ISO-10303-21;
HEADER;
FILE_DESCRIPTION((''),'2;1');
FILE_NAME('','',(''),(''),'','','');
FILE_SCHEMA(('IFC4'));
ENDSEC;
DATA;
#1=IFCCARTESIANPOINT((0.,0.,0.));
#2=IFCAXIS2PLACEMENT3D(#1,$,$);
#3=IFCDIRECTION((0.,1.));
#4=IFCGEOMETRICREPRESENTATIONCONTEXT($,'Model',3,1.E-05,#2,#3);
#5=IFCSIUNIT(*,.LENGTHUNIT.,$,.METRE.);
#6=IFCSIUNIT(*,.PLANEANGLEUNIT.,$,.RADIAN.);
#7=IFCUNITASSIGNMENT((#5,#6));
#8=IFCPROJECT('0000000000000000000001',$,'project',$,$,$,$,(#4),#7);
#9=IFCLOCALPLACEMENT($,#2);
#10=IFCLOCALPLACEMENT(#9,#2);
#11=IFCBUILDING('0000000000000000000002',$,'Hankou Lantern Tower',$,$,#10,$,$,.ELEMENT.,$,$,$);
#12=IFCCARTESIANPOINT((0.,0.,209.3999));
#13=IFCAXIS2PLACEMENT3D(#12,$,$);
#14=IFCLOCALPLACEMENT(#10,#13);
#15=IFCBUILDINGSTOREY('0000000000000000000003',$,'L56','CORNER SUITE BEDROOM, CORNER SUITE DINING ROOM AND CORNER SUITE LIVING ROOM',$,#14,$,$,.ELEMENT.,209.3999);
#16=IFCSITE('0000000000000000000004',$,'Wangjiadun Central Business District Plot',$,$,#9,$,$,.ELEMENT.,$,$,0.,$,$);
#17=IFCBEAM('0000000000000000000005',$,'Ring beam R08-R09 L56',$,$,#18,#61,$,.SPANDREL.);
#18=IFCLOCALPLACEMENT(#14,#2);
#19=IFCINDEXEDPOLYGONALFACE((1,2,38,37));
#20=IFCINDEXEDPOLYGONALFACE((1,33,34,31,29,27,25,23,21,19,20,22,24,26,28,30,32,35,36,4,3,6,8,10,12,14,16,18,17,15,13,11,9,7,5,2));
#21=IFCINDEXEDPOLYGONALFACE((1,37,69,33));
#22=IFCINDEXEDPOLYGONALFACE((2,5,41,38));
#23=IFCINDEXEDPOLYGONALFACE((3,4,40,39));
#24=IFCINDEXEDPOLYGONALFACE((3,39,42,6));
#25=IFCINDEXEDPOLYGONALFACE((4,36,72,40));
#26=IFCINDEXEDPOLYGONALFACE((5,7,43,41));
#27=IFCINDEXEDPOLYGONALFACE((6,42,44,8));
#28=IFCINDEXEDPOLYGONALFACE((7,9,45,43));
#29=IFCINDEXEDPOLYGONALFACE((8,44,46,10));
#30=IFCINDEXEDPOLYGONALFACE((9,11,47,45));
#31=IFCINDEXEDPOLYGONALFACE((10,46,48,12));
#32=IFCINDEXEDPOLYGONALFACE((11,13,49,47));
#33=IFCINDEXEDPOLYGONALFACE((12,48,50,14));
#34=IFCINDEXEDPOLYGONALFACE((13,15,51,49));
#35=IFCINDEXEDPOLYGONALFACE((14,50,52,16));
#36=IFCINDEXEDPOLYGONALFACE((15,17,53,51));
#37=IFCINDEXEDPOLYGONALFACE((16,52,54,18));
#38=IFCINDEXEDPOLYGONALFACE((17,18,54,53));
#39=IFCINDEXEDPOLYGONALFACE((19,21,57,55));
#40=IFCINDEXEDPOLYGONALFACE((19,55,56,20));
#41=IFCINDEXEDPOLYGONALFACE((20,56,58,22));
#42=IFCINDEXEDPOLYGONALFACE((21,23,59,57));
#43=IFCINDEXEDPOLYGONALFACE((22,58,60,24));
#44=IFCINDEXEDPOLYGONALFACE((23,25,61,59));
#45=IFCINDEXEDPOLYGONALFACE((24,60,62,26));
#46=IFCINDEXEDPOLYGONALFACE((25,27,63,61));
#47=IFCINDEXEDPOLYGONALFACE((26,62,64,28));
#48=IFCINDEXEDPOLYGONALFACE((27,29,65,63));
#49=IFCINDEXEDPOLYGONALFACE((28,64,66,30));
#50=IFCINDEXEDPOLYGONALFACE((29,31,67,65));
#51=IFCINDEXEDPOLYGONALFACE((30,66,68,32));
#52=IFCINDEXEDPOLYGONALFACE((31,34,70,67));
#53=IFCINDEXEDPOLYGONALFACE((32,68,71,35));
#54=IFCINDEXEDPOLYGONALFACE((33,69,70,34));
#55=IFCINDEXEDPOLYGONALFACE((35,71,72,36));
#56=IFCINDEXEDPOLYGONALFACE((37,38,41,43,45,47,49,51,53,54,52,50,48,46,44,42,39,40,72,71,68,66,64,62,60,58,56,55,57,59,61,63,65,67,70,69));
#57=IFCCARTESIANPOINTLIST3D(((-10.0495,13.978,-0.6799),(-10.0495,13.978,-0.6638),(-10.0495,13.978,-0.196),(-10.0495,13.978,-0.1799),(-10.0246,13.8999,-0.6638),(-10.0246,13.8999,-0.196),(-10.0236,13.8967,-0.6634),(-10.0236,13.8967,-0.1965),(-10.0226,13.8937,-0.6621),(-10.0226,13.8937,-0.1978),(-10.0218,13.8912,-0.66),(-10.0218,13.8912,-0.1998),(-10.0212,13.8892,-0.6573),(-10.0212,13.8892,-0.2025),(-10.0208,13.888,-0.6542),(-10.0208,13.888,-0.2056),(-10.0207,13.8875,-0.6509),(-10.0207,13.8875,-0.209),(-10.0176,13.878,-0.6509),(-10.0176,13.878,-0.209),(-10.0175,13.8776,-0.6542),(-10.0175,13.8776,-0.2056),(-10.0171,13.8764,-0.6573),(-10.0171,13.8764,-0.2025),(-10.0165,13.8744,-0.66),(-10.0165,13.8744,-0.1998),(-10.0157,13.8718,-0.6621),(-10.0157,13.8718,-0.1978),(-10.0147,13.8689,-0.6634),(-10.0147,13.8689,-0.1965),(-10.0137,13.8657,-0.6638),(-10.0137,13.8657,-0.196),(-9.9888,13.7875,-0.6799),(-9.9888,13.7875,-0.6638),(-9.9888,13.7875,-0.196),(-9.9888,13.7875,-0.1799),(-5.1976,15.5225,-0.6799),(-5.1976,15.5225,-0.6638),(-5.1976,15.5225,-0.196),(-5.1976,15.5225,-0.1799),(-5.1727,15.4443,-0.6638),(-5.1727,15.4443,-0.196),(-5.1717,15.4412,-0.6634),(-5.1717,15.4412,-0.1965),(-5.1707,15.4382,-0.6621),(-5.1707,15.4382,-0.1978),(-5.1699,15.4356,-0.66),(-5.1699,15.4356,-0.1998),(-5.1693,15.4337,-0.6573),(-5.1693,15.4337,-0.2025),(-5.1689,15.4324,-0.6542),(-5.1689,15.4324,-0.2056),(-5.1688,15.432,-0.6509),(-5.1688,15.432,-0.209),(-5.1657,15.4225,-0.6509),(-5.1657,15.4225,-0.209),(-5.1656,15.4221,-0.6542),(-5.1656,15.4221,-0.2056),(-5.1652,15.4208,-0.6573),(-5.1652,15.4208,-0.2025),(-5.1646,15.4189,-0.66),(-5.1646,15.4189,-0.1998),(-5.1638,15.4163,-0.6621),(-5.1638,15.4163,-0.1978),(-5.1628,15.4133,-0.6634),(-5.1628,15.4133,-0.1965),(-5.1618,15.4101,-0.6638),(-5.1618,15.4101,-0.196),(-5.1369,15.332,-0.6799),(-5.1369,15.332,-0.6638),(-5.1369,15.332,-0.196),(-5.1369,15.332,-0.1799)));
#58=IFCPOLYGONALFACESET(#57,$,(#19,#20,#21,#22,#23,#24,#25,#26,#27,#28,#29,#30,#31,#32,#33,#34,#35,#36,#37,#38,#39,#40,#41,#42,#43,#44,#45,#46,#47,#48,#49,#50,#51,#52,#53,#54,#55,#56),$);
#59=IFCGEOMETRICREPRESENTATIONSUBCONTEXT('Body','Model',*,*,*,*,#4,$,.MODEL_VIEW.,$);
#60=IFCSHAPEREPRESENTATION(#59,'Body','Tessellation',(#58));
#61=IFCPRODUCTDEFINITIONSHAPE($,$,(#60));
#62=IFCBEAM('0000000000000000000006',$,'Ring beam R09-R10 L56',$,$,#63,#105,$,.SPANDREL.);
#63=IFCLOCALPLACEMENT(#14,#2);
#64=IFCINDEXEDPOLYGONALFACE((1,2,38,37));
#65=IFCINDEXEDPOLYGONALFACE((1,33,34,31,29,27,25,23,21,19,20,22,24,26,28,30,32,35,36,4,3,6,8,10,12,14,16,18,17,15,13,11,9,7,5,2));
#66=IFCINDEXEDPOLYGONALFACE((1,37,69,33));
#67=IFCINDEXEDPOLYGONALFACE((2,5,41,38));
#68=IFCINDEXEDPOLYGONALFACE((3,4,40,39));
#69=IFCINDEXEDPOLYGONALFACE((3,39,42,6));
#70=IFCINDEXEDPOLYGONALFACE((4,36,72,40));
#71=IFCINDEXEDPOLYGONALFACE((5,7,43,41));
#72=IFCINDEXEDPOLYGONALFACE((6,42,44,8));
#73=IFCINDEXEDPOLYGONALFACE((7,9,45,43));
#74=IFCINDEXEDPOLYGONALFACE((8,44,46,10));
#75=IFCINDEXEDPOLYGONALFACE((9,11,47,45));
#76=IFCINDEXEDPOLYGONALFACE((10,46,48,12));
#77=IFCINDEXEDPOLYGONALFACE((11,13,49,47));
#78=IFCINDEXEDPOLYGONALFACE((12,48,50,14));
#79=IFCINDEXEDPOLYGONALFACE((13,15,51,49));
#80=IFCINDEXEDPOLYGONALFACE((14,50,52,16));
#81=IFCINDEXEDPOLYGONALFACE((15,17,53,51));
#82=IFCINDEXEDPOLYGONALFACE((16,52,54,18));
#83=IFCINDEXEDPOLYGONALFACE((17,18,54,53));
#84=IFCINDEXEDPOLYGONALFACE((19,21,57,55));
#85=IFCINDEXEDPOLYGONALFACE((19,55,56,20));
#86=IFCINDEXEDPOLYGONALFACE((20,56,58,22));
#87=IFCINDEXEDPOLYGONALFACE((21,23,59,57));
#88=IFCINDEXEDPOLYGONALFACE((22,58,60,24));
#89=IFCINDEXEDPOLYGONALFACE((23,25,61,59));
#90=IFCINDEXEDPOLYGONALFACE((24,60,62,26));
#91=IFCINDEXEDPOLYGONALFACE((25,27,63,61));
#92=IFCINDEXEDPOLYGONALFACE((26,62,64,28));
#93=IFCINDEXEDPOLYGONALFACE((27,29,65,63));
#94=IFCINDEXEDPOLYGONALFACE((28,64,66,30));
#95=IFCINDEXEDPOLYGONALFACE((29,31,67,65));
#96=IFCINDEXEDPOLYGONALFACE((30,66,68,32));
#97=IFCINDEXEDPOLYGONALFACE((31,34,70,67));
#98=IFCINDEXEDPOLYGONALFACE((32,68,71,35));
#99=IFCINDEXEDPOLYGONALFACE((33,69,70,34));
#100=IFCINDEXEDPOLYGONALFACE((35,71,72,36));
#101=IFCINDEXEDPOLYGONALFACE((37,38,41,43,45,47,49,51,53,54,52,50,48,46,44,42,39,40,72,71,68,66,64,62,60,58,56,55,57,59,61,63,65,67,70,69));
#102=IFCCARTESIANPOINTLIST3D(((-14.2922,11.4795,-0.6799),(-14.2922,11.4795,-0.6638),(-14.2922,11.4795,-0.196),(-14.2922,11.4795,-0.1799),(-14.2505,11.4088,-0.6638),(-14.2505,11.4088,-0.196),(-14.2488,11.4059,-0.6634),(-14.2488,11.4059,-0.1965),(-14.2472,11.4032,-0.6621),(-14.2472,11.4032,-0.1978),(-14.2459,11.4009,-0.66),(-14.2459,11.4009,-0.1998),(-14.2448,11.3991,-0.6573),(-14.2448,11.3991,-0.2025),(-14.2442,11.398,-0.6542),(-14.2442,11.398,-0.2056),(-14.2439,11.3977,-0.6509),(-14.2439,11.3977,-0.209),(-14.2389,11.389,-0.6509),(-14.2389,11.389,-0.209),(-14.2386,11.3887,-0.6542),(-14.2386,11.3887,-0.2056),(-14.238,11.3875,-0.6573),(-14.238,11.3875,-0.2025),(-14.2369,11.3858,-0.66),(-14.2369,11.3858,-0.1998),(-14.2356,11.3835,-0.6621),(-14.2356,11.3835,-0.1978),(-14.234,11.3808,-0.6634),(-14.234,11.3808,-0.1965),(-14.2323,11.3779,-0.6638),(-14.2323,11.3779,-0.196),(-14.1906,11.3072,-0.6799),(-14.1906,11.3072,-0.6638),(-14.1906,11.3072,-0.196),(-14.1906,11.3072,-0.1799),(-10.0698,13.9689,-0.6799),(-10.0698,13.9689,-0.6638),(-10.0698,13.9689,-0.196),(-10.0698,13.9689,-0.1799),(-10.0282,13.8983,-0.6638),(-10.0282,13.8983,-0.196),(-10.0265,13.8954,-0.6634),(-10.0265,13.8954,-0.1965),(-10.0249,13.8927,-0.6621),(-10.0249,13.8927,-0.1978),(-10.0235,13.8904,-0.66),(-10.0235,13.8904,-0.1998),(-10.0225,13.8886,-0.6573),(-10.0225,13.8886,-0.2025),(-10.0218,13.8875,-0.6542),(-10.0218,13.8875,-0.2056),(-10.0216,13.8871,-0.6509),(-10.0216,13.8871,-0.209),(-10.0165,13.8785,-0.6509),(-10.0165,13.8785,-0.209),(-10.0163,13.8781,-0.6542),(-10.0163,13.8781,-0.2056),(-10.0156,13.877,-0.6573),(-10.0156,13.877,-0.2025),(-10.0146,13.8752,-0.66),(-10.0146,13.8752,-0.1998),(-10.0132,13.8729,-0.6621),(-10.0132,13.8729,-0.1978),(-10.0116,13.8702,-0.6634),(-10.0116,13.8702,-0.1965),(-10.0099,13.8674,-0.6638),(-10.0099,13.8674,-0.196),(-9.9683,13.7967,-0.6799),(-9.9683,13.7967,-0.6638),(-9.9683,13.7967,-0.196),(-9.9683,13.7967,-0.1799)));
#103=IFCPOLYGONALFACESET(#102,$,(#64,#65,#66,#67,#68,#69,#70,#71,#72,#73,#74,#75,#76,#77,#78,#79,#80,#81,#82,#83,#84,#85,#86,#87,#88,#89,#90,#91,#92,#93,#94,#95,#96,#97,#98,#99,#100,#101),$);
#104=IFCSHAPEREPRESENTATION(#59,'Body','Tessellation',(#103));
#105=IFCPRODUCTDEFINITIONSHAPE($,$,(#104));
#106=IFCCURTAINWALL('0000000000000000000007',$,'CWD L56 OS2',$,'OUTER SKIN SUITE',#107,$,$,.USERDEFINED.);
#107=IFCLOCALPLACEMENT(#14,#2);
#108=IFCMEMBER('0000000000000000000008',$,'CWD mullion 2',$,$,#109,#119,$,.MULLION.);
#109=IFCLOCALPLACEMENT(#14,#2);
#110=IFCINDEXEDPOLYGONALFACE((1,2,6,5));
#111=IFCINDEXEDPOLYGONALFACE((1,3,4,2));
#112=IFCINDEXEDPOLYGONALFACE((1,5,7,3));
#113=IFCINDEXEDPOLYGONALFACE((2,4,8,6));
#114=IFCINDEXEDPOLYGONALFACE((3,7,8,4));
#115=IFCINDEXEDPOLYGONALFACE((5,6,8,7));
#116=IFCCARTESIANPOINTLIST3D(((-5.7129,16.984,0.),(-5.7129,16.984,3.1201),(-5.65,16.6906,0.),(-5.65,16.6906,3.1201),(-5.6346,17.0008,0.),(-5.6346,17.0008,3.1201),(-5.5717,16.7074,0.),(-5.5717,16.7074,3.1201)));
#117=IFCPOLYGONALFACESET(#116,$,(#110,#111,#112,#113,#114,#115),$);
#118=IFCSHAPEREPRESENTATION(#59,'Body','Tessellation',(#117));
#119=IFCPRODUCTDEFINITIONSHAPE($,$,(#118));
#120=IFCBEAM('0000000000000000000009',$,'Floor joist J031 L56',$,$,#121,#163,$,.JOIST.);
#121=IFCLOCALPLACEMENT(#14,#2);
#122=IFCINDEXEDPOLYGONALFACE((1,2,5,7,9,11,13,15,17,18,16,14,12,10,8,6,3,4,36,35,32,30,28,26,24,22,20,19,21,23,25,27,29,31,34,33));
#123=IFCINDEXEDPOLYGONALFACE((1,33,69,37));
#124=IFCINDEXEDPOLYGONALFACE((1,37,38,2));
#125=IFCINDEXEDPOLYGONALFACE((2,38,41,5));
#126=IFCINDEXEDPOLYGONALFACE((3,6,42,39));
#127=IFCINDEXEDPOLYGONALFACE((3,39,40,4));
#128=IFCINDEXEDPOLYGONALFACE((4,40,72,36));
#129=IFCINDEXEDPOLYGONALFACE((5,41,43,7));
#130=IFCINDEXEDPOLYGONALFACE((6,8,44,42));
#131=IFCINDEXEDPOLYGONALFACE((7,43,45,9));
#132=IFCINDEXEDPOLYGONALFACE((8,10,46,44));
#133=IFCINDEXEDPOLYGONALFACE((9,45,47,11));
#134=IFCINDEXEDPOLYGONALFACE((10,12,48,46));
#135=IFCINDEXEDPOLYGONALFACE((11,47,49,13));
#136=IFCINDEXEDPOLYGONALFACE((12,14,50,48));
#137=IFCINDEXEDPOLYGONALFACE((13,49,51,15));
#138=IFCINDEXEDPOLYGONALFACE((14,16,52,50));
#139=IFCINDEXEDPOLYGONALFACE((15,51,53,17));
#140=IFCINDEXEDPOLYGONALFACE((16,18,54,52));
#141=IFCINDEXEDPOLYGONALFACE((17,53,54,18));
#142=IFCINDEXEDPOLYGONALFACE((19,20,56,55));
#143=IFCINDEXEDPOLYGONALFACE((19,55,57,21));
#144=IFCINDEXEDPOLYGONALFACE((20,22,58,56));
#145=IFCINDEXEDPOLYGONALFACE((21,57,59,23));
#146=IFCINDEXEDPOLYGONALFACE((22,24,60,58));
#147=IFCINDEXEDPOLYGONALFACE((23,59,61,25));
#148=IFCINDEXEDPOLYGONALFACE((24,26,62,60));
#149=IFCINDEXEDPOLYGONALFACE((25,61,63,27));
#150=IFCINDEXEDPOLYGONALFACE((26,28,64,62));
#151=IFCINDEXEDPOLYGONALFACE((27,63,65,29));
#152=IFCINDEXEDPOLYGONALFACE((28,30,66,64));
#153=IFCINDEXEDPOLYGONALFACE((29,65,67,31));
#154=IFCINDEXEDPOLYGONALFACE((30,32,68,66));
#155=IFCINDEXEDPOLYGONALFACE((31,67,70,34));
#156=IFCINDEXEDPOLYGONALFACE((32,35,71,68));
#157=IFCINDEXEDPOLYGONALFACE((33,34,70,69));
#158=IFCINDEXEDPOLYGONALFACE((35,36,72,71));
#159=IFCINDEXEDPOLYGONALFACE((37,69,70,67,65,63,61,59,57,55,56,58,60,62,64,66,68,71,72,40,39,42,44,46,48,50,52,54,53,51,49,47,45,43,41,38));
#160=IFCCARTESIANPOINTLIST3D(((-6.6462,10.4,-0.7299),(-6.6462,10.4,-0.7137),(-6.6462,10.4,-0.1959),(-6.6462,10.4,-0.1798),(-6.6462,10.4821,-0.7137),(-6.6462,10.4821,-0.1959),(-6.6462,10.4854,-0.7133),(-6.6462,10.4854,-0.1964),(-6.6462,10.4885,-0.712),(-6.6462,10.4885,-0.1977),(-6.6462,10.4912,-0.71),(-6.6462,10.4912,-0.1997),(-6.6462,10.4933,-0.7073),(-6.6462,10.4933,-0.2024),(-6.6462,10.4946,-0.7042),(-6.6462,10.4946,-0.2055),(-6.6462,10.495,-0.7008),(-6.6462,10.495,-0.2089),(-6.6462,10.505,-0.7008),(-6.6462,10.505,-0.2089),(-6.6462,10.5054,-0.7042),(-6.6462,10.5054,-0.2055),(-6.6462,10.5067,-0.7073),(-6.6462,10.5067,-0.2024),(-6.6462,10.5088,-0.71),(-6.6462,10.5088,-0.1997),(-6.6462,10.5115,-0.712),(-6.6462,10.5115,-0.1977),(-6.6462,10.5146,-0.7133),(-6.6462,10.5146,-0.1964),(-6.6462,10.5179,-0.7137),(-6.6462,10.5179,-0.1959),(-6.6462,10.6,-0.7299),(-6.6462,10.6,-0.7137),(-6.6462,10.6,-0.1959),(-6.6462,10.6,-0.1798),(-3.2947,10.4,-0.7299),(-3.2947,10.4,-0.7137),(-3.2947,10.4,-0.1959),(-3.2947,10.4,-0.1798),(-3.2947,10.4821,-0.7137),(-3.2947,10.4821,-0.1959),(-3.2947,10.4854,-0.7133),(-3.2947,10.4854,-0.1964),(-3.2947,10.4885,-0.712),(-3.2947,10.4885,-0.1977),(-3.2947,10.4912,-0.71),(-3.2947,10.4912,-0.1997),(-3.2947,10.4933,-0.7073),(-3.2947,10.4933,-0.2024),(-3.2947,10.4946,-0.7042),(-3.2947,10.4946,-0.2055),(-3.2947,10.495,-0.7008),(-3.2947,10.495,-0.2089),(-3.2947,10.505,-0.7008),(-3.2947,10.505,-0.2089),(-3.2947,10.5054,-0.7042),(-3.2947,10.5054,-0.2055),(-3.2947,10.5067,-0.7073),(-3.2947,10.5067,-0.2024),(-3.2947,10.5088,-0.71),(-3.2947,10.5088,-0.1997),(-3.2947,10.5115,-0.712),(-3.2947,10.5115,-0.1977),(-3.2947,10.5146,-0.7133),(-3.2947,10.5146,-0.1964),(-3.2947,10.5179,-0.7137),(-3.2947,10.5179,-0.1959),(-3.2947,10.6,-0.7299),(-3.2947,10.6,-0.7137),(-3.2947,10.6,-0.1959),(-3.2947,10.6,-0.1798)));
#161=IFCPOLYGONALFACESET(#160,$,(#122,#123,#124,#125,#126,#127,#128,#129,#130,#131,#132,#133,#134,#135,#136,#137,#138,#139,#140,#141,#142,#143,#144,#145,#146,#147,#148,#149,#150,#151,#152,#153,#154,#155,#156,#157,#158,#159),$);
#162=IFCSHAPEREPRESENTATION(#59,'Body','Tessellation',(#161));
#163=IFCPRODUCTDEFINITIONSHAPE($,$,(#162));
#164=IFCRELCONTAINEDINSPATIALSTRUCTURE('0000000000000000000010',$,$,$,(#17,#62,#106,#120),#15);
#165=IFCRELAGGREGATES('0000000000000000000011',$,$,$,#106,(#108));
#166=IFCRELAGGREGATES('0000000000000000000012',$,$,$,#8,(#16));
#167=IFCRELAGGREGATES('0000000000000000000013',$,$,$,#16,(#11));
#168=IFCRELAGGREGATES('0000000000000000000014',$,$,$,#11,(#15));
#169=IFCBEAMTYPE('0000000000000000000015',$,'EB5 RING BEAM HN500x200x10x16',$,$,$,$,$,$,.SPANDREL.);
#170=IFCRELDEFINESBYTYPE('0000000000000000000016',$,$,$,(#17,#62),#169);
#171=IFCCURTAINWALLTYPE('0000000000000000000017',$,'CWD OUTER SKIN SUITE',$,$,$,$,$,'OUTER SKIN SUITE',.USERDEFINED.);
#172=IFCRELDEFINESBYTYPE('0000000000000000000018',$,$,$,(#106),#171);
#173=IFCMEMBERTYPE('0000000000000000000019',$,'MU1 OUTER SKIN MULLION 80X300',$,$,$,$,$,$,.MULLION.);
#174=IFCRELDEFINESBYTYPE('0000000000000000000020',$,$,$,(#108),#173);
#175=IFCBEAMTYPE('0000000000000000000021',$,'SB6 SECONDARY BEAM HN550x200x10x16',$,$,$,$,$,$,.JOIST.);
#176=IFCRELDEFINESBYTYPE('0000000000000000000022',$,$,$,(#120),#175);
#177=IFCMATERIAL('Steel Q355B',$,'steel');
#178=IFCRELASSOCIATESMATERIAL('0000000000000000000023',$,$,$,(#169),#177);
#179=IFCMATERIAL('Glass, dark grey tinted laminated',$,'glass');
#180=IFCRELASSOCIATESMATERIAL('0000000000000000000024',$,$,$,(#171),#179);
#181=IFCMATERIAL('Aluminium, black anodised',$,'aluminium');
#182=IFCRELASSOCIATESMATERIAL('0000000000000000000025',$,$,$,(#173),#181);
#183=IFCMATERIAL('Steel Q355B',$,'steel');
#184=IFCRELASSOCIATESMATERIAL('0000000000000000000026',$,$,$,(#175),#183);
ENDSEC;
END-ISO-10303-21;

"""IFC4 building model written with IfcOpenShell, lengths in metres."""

from ifc_helpers import new_model, si_unit, direction, frame, origin, origin_2d, place, context, subcontext, project, spatial, rectangle, i_section, extrude, material, material_profile, profile_set, type_object, element, aggregate, save


model = new_model("IFC4")

# Units and contexts
model_context = context("Model", 3, precision=1e-05, world=origin(), true_north=direction((0.0, 1.0)))
body_context = subcontext(model_context, "Body", "Model", "MODEL_VIEW")
ifc_project = project(units=[si_unit("LENGTHUNIT", "METRE"), si_unit("PLANEANGLEUNIT", "RADIAN")], contexts=[model_context])

# Site, building, storey
site_placement = place(None, origin())
site = spatial("IfcSite", under=ifc_project, at=site_placement, Name="Wangjiadun Central Business District Plot", CompositionType="ELEMENT", RefElevation=0.0)
building_placement = place(site_placement, origin())
building = spatial("IfcBuilding", under=site, at=building_placement, Name="Hankou Lantern Tower", CompositionType="ELEMENT")
storey_placement = place(building_placement, frame((0.0, 0.0, 209.3999)))
storey = spatial("IfcBuildingStorey", under=building, at=storey_placement, Name="L56", Description="CORNER SUITE BEDROOM, CORNER SUITE DINING ROOM AND CORNER SUITE LIVING ROOM", CompositionType="ELEMENT", Elevation=209.3999)

# Beams
ifc_material_1 = material(Name="Steel Q355B", Category="steel")
ifc_material_profile_1 = material_profile(ifc_material_1, i_section(OverallWidth=0.2, OverallDepth=0.5, WebThickness=0.01, FlangeThickness=0.0161, FilletRadius=0.0129, at=origin_2d()), Name="HN500x200x10x16")
ifc_profile_set_1 = profile_set([ifc_material_profile_1], Name="Steel Q355B")
beam_type_1 = type_object("IfcBeamType", Name="EB5 RING BEAM HN500x200x10x16", PredefinedType="SPANDREL", material=ifc_profile_set_1)
beam_1_placement = place(storey_placement, frame((-5.1672, 15.4272, -0.4299), z_axis=(-0.952887, -0.303324, 0.0), x_axis=(0.303324, -0.952887, 0.0)))
element("IfcBeam", 1, at=beam_1_placement, inside=storey, type_object=beam_type_1, Name="Ring beam R08-R09 L56", PredefinedType="SPANDREL", context=body_context, shape_type="SweptSolid", body=[
    extrude(i_section(OverallWidth=0.2, OverallDepth=0.5, WebThickness=0.01, FlangeThickness=0.0161, FilletRadius=0.0129, at=origin_2d()), origin(), (0.0, 0.0, 1.0), 5.0918),
])
beam_2_placement = place(storey_placement, frame((-10.019, 13.8828, -0.4299), z_axis=(-0.861423, -0.507888, 0.0), x_axis=(0.507888, -0.861423, 0.0)))
element("IfcBeam", 2, at=beam_2_placement, inside=storey, type_object=beam_type_1, Name="Ring beam R09-R10 L56", PredefinedType="SPANDREL", context=body_context, shape_type="SweptSolid", body=[
    extrude(i_section(OverallWidth=0.2, OverallDepth=0.5, WebThickness=0.01, FlangeThickness=0.0161, FilletRadius=0.0129, at=origin_2d()), origin(), (0.0, 0.0, 1.0), 4.9016),
])

# Curtain wall, member
ifc_material_2 = material(Name="Glass, dark grey tinted laminated", Category="glass")
curtain_wall_type = type_object("IfcCurtainWallType", Name="CWD OUTER SKIN SUITE", ElementType="OUTER SKIN SUITE", PredefinedType="USERDEFINED", material=ifc_material_2)
curtain_wall_placement = place(storey_placement, origin())
curtain_wall = element("IfcCurtainWall", 3, at=curtain_wall_placement, inside=storey, type_object=curtain_wall_type, Name="CWD L56 OS2", ObjectType="OUTER SKIN SUITE", PredefinedType="USERDEFINED")
ifc_material_3 = material(Name="Aluminium, black anodised", Category="aluminium")
ifc_material_profile_2 = material_profile(ifc_material_3, rectangle(XDim=0.0801, YDim=0.3, at=origin_2d()), Name="MU1 80X300")
ifc_profile_set_2 = profile_set([ifc_material_profile_2], Name="Aluminium, black anodised")
member_type_1 = type_object("IfcMemberType", Name="MU1 OUTER SKIN MULLION 80X300", PredefinedType="MULLION", material=ifc_profile_set_2)
member_1_placement = place(storey_placement, frame((-5.6423, 16.8457, 0.0), z_axis=(0.0, 0.0, 1.0), x_axis=(-0.977788, -0.209598, 0.0)))
member_1 = element("IfcMember", 4, at=member_1_placement, type_object=member_type_1, Name="CWD mullion 2", PredefinedType="MULLION", context=body_context, shape_type="SweptSolid", body=[
    extrude(rectangle(XDim=0.0801, YDim=0.3, at=origin_2d()), origin(), (0.0, 0.0, 1.0), 3.1201),
])

# Beam
ifc_material_4 = material(Name="Steel Q355B", Category="steel")
ifc_material_profile_3 = material_profile(ifc_material_4, i_section(OverallWidth=0.2, OverallDepth=0.55, WebThickness=0.01, FlangeThickness=0.0161, FilletRadius=0.0129, at=origin_2d()), Name="HN550x200x10x16")
ifc_profile_set_3 = profile_set([ifc_material_profile_3], Name="Steel Q355B")
beam_type_2 = type_object("IfcBeamType", Name="SB6 SECONDARY BEAM HN550x200x10x16", PredefinedType="JOIST", material=ifc_profile_set_3)
beam_3_placement = place(storey_placement, frame((-6.6462, 10.5, -0.4548), z_axis=(1.0, 0.0, 0.0), x_axis=(0.0, 1.0, 0.0)))
element("IfcBeam", 5, at=beam_3_placement, inside=storey, type_object=beam_type_2, Name="Floor joist J031 L56", PredefinedType="JOIST", context=body_context, shape_type="SweptSolid", body=[
    extrude(i_section(OverallWidth=0.2, OverallDepth=0.55, WebThickness=0.01, FlangeThickness=0.0161, FilletRadius=0.0129, at=origin_2d()), origin(), (0.0, 0.0, 1.0), 3.3516),
])

aggregate(curtain_wall, [member_1])

save(model, "model.ifc")
